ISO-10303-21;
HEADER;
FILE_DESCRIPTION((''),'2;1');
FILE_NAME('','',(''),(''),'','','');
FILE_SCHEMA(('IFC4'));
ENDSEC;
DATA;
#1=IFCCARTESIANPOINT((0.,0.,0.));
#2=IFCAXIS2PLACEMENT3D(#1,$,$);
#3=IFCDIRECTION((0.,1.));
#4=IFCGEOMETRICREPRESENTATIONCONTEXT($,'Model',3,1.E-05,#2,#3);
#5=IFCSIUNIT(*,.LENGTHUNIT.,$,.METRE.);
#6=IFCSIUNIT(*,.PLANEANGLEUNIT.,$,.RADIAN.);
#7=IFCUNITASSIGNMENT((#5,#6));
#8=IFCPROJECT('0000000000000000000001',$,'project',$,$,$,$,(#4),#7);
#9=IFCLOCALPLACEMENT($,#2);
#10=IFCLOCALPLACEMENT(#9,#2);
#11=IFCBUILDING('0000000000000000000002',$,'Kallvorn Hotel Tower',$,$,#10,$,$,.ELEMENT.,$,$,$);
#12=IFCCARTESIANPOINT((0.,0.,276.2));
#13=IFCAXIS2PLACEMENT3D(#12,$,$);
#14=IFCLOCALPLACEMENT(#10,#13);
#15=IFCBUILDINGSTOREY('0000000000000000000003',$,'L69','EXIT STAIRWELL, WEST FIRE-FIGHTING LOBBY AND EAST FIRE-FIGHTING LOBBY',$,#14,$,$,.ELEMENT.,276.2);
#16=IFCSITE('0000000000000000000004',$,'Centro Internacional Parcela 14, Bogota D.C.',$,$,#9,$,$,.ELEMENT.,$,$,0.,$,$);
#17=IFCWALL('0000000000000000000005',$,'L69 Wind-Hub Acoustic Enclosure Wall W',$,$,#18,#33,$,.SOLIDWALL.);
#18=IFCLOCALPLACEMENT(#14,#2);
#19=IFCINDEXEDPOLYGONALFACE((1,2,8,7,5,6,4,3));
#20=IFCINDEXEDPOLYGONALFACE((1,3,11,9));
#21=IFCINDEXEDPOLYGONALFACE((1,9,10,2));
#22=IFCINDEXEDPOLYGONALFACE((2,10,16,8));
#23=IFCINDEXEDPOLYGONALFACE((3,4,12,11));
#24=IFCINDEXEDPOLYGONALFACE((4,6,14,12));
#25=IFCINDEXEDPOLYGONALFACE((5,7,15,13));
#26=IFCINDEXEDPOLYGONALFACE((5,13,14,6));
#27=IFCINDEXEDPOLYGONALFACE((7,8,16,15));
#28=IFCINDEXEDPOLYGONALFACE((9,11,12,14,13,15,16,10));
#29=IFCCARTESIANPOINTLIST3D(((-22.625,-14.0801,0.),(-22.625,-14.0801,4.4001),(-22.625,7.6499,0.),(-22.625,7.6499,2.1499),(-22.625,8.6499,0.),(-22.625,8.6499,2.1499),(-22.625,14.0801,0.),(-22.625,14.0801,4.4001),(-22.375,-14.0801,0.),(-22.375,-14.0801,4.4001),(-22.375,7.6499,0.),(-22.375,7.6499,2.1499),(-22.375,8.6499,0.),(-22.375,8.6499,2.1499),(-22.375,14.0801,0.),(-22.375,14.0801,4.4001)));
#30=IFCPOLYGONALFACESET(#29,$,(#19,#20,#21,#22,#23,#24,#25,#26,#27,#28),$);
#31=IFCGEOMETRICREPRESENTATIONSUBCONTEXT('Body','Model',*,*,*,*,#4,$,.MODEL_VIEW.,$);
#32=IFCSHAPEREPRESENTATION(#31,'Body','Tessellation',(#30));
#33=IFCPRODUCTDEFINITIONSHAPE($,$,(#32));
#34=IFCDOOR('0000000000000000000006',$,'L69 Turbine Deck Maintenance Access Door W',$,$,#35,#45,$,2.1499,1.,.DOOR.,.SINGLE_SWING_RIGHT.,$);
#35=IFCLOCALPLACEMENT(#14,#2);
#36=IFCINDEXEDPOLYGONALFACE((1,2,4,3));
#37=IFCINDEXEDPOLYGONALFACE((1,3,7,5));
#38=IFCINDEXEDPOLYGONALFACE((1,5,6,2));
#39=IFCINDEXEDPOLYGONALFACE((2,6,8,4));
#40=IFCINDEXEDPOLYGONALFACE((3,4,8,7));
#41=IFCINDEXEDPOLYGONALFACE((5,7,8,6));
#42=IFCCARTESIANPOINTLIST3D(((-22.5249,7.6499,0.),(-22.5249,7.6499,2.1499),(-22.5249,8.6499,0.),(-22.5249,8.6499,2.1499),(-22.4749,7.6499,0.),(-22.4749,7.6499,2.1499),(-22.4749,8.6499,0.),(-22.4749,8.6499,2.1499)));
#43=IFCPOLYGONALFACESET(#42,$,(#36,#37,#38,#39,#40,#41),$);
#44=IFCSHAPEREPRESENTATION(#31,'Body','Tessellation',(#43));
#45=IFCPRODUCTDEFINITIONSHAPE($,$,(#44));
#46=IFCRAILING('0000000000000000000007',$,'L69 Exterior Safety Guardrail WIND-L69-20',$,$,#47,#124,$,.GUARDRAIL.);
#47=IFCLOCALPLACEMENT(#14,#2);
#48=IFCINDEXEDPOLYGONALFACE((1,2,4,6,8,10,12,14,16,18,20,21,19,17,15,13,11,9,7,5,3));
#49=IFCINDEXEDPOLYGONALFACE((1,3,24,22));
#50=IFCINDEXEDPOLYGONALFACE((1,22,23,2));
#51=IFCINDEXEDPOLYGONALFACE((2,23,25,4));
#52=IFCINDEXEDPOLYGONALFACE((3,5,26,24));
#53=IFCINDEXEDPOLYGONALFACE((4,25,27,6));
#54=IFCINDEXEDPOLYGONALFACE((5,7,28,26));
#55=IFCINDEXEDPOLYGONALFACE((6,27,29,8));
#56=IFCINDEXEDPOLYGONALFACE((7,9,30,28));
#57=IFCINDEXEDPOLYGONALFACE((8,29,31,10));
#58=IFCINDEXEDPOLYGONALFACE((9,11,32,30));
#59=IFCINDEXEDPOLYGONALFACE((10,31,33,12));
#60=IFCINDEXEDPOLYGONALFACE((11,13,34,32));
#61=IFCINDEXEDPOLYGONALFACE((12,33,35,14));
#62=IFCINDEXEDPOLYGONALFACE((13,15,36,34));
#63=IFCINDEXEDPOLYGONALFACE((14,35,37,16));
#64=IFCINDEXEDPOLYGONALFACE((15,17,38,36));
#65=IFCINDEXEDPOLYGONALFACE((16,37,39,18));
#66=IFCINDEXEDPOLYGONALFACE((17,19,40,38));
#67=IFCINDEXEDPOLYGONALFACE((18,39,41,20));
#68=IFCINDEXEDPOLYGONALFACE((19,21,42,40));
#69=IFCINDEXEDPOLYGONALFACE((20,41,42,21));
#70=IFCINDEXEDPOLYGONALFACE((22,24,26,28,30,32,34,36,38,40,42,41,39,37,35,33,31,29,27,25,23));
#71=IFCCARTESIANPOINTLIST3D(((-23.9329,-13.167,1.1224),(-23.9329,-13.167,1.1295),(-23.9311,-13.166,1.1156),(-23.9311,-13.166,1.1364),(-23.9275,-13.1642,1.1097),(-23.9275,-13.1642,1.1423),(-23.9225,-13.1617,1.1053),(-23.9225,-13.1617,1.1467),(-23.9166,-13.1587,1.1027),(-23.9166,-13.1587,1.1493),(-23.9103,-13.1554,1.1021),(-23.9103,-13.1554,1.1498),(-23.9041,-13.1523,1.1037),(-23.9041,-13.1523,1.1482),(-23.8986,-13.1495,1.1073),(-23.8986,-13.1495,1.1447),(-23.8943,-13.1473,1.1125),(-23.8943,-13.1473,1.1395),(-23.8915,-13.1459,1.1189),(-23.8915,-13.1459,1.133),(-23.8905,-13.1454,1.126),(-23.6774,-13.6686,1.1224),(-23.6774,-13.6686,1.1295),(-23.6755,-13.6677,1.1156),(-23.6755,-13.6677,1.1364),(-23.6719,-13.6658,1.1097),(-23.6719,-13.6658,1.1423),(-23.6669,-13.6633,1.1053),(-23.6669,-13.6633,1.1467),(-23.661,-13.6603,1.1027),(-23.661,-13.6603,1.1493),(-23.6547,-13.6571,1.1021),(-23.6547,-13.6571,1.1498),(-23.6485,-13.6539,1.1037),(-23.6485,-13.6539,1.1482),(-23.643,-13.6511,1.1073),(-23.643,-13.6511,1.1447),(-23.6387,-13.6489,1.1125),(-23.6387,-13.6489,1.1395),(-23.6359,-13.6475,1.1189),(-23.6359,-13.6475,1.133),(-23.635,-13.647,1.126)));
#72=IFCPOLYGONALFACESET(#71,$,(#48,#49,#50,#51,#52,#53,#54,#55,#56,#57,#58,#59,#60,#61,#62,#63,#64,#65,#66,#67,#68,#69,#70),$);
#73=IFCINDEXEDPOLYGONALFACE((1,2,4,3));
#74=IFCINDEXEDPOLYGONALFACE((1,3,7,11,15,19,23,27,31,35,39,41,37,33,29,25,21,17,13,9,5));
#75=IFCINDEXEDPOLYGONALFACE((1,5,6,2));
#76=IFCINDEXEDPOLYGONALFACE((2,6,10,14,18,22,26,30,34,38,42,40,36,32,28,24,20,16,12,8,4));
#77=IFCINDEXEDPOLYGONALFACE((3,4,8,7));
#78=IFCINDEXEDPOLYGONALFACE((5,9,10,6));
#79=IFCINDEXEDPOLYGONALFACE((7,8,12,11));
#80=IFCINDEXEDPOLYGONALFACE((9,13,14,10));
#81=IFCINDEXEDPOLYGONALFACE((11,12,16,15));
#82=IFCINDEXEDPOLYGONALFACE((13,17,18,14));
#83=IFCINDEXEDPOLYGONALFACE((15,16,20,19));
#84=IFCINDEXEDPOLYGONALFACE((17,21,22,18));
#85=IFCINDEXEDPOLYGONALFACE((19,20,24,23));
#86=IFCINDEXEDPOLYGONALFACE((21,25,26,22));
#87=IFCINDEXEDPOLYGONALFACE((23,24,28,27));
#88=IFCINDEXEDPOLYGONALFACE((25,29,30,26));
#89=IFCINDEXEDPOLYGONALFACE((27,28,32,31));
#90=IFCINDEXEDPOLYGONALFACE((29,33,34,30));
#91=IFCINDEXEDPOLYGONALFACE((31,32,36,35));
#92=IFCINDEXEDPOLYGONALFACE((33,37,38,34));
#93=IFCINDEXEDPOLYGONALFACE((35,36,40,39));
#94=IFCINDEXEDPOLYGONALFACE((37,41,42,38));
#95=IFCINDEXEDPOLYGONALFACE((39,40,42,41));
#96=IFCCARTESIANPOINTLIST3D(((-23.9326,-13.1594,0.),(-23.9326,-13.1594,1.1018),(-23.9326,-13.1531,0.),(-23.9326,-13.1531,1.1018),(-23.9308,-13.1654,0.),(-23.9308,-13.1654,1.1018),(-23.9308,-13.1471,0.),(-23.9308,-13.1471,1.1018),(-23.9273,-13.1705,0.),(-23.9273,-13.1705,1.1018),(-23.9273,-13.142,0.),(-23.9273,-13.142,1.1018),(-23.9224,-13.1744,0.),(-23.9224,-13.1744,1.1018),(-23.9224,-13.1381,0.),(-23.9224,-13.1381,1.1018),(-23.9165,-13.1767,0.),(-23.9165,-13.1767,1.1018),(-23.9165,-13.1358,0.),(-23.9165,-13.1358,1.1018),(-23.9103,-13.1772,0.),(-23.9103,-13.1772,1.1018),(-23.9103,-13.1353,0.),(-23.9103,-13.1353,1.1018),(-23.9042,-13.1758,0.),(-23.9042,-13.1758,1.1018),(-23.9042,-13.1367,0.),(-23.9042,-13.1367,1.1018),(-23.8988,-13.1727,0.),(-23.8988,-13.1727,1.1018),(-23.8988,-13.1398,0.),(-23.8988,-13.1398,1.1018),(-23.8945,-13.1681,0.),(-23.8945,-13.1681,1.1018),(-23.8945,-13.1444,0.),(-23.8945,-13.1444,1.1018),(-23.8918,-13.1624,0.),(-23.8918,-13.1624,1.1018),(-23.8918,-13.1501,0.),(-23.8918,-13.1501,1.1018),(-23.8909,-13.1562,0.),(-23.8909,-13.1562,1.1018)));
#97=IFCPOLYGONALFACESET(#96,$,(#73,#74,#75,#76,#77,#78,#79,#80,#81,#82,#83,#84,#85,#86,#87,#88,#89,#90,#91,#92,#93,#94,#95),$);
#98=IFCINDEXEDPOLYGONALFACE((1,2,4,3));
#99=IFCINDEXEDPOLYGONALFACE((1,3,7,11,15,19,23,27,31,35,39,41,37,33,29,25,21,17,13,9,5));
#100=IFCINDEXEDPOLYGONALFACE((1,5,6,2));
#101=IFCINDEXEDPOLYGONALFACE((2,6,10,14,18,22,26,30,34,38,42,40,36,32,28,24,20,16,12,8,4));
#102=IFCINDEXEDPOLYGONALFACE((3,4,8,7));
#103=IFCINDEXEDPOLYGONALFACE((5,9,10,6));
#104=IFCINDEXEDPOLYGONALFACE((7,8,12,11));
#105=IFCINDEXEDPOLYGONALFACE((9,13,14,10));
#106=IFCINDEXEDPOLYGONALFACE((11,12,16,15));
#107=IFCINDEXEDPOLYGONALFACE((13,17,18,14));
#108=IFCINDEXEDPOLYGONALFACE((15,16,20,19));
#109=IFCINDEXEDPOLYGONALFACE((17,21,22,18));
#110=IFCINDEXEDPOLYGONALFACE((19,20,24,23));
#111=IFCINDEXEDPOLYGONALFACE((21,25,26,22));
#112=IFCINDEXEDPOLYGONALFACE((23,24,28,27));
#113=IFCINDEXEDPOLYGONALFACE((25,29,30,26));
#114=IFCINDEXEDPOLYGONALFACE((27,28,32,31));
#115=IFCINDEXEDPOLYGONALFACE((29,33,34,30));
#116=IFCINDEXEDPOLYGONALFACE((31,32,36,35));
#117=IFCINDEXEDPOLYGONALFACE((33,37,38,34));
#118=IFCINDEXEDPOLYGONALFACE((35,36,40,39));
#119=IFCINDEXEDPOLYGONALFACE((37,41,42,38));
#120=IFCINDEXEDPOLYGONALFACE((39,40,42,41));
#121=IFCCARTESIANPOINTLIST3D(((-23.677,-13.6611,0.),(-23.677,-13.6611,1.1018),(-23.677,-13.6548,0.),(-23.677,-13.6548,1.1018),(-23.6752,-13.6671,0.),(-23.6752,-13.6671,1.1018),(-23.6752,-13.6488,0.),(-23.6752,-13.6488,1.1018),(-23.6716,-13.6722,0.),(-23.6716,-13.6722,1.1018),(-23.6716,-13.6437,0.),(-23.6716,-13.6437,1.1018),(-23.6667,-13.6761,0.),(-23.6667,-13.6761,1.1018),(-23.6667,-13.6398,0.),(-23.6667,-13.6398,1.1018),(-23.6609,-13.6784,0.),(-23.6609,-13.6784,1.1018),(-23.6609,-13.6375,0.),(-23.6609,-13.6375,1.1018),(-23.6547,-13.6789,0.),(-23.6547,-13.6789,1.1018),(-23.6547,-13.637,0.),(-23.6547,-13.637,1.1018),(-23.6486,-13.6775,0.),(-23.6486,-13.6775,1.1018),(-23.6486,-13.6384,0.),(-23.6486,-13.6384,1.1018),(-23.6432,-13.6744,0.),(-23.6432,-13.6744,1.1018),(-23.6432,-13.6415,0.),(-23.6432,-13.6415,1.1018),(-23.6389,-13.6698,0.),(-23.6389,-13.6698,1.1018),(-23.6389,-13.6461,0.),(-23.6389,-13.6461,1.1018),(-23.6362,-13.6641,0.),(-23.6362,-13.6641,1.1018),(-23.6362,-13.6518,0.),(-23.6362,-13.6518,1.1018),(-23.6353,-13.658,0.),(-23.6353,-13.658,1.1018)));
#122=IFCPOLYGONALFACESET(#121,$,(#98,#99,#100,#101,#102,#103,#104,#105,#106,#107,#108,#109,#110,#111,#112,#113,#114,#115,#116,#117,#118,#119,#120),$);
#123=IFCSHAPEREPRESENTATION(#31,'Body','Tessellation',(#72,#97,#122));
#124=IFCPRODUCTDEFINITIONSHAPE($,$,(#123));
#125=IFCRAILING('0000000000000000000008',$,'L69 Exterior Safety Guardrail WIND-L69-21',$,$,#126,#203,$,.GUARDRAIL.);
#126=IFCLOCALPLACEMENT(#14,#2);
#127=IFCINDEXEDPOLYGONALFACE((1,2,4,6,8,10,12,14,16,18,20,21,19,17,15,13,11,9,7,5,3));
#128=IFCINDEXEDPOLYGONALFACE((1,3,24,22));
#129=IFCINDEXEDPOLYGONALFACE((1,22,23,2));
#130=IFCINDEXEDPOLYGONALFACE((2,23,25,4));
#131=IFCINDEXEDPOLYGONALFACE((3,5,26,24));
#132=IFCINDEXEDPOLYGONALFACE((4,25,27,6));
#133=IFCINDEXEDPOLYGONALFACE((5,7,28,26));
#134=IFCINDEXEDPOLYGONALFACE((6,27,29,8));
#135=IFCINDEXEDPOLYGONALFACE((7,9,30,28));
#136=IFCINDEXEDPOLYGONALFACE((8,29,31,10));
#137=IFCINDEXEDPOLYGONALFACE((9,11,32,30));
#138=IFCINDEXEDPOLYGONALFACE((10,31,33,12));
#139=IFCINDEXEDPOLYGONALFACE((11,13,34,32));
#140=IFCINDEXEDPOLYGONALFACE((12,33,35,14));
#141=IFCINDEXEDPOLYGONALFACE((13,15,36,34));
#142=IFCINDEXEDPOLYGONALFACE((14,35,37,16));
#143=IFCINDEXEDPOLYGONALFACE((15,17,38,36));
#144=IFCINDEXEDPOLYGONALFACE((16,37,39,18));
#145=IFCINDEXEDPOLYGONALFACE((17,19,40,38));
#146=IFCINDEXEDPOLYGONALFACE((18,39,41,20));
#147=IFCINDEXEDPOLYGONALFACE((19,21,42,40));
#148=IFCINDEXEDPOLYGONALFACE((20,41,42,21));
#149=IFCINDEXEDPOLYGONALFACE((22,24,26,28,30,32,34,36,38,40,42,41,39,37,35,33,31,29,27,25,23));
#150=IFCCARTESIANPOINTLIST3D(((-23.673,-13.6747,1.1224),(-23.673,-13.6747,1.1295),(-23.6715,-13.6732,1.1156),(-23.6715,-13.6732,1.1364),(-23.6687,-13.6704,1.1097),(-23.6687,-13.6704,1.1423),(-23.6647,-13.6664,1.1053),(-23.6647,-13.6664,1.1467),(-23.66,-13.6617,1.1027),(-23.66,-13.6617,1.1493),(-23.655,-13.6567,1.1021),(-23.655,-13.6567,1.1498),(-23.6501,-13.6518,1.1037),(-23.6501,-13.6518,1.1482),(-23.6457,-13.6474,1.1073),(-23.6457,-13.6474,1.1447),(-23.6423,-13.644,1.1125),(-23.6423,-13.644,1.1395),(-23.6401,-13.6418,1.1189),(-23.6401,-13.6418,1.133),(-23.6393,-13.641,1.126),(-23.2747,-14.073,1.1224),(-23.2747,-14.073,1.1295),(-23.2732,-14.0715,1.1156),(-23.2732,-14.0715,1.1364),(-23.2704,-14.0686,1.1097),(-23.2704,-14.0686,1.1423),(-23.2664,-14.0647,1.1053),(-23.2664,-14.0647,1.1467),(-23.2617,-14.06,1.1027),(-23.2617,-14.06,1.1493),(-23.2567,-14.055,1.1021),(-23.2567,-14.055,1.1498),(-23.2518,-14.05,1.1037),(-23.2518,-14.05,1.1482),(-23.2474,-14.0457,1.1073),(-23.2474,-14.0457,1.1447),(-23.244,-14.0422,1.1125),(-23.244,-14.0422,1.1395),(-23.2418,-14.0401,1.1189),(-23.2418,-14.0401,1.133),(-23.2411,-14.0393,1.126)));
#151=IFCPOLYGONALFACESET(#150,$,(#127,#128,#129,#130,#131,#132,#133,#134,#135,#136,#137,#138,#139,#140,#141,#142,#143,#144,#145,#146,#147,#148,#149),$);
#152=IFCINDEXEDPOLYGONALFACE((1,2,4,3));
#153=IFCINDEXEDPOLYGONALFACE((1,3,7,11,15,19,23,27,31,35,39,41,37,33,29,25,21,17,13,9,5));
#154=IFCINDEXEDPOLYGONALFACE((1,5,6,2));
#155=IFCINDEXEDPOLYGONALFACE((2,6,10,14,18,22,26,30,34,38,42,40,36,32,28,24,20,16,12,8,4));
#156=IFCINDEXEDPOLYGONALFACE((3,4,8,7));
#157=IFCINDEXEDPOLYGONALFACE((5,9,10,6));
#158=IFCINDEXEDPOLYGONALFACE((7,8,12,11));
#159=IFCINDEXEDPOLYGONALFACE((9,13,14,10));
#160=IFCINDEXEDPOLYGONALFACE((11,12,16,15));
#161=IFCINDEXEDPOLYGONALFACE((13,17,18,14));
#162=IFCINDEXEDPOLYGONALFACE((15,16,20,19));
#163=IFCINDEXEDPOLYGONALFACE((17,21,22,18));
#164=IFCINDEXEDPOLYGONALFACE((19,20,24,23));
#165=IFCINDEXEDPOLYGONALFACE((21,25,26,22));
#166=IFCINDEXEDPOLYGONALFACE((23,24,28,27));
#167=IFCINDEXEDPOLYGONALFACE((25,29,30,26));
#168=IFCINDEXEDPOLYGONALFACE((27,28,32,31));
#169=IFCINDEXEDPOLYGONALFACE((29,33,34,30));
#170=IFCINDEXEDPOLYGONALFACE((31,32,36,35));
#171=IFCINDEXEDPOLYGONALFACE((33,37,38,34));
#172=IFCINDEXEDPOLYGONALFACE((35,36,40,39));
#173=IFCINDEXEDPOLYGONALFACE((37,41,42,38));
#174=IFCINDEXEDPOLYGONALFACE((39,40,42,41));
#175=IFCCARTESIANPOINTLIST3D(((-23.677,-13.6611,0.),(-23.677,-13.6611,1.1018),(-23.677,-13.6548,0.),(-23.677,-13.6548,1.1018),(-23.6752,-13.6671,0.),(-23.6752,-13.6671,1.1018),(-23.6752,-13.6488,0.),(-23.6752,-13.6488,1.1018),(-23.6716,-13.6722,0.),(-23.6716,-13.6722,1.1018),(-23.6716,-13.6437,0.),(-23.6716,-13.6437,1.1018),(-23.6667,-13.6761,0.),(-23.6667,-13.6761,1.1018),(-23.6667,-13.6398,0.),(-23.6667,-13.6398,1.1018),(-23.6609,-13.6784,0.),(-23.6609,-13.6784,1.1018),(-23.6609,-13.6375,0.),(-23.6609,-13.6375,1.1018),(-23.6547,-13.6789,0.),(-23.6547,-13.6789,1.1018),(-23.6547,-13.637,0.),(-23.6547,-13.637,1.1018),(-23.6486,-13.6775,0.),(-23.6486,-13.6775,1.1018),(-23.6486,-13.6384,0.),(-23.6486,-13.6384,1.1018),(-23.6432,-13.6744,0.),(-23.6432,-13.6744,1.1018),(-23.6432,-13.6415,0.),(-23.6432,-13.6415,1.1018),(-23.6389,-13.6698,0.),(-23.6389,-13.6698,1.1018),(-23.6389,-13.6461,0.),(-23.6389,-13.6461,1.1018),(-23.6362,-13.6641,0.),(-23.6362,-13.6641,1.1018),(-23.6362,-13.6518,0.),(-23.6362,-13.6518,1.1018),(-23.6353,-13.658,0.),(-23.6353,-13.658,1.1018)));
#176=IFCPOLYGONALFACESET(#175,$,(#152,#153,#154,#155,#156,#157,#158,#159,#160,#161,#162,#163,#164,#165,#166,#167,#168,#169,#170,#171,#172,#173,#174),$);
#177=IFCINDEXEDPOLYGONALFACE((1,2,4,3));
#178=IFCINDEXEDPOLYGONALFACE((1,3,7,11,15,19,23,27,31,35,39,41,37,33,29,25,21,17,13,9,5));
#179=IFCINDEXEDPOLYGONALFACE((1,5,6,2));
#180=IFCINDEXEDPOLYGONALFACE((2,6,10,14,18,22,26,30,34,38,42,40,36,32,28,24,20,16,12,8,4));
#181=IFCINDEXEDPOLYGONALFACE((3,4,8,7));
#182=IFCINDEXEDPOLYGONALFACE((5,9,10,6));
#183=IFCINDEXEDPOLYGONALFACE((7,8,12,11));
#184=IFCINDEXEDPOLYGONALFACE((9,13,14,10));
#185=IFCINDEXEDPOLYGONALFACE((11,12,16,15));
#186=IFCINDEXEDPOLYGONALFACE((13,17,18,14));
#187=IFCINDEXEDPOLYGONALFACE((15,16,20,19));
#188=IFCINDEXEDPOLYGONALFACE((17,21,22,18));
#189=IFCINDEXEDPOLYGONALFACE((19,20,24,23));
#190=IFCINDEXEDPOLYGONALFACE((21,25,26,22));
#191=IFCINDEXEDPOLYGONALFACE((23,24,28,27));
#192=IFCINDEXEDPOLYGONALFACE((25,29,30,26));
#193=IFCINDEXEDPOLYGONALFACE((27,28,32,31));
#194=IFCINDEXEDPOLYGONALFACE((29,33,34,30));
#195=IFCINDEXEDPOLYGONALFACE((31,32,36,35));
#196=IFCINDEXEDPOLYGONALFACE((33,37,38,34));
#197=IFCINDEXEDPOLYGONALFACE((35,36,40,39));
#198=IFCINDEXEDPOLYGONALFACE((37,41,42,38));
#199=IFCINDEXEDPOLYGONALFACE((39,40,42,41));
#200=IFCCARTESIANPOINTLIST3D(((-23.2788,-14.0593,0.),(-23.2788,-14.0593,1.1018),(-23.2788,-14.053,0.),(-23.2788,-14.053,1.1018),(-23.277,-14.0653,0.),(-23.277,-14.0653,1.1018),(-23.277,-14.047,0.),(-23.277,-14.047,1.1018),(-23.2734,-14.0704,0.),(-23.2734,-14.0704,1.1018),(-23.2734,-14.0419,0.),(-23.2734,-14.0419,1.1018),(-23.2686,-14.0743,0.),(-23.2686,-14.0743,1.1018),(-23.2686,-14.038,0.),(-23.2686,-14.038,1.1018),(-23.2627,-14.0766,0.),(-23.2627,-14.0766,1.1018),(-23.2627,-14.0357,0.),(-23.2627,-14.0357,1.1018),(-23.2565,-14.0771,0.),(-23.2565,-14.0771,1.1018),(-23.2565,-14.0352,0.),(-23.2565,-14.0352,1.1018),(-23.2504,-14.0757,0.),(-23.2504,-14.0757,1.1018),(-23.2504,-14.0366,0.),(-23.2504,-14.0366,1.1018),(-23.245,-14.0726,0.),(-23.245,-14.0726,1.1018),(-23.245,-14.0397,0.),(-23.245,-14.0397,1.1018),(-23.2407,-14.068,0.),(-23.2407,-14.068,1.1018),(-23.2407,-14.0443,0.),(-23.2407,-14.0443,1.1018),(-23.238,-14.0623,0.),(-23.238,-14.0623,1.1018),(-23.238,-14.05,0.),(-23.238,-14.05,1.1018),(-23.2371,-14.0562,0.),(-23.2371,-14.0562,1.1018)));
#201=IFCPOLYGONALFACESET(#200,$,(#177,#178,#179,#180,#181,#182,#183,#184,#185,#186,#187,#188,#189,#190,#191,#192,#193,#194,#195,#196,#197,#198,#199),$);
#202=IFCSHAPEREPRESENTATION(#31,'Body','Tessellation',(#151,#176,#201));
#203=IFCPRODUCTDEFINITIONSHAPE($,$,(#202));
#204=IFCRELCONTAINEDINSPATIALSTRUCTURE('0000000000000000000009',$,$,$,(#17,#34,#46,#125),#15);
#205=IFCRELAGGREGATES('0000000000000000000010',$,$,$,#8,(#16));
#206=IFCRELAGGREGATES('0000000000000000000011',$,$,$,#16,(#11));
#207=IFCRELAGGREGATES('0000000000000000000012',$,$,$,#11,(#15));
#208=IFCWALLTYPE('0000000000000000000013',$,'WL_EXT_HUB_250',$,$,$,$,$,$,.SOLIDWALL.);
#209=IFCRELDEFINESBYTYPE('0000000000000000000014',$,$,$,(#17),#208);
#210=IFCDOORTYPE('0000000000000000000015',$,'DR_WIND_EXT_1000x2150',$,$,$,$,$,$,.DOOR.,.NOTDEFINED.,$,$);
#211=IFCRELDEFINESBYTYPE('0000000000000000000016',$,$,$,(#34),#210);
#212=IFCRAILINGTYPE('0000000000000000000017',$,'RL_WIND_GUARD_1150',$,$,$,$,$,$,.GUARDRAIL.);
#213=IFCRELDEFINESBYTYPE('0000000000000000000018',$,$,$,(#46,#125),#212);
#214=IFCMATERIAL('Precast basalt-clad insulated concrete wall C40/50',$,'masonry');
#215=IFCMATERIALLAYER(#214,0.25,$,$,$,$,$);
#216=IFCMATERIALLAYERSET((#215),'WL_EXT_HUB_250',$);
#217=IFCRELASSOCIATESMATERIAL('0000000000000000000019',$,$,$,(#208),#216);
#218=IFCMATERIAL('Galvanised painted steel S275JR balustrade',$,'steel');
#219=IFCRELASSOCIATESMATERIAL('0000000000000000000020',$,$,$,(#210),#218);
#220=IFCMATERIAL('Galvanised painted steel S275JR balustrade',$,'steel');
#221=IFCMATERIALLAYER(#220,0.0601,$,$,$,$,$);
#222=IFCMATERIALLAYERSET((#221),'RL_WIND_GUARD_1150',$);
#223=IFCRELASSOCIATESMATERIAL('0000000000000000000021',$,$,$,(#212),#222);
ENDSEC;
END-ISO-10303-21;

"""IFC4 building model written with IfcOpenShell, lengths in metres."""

from ifc_helpers import new_model, si_unit, direction, frame, frame_2d, origin, origin_2d, place, context, subcontext, project, spatial, rectangle, circle, extrude, material, layer, layer_set, type_object, element, fill, save


model = new_model("IFC4")

# Units and contexts
model_context = context("Model", 3, precision=1e-05, world=origin(), true_north=direction((0.0, 1.0)))
body_context = subcontext(model_context, "Body", "Model", "MODEL_VIEW")
ifc_project = project(units=[si_unit("LENGTHUNIT", "METRE"), si_unit("PLANEANGLEUNIT", "RADIAN")], contexts=[model_context])

# Site, building, storey
site_placement = place(None, origin())
site = spatial("IfcSite", under=ifc_project, at=site_placement, Name="Centro Internacional Parcela 14, Bogota D.C.", CompositionType="ELEMENT", RefElevation=0.0)
building_placement = place(site_placement, origin())
building = spatial("IfcBuilding", under=site, at=building_placement, Name="Kallvorn Hotel Tower", CompositionType="ELEMENT")
storey_placement = place(building_placement, frame((0.0, 0.0, 276.2)))
storey = spatial("IfcBuildingStorey", under=building, at=storey_placement, Name="L69", Description="EXIT STAIRWELL, WEST FIRE-FIGHTING LOBBY AND EAST FIRE-FIGHTING LOBBY", CompositionType="ELEMENT", Elevation=276.2)

# Wall, opening, door
ifc_material_1 = material(Name="Precast basalt-clad insulated concrete wall C40/50", Category="masonry")
ifc_layer_1 = layer(ifc_material_1, 0.25)
ifc_layer_set_1 = layer_set([ifc_layer_1], Name="WL_EXT_HUB_250")
wall_type_1 = type_object("IfcWallType", Name="WL_EXT_HUB_250", PredefinedType="SOLIDWALL", material=ifc_layer_set_1)
wall_1_placement = place(storey_placement, frame((-22.5, -14.0801, 0.0), z_axis=(0.0, 0.0, 1.0), x_axis=(0.0, 1.0, 0.0)))
wall_1 = element("IfcWall", 1, at=wall_1_placement, inside=storey, type_object=wall_type_1, Name="L69 Wind-Hub Acoustic Enclosure Wall W", PredefinedType="SOLIDWALL", context=body_context, shape_type="SweptSolid", body=[
    extrude(rectangle(XDim=28.1602, YDim=0.25, at=frame_2d((14.0801, 0.0))), origin(), (0.0, 0.0, 1.0), 4.4001),
])
opening_1_placement = place(wall_1_placement, frame((21.73, 0.0, 0.0)))
opening_1 = element("IfcOpeningElement", 2, at=opening_1_placement, cuts=wall_1, PredefinedType="OPENING", context=body_context, shape_type="SweptSolid", body=[
    extrude(rectangle(XDim=1.0, YDim=2.1499, at=frame_2d((0.5, 1.075))), frame((0.0, 0.1399, 0.0), z_axis=(0.0, -1.0, 0.0), x_axis=(1.0, 0.0, 0.0)), (0.0, 0.0, 1.0), 0.28),
])
ifc_material_2 = material(Name="Galvanised painted steel S275JR balustrade", Category="steel")
door_type_1 = type_object("IfcDoorType", Name="DR_WIND_EXT_1000x2150", OperationType="NOTDEFINED", PredefinedType="DOOR", material=ifc_material_2)
door_1_placement = place(opening_1_placement, origin())
door_1 = element("IfcDoor", 3, at=door_1_placement, inside=storey, type_object=door_type_1, Name="L69 Turbine Deck Maintenance Access Door W", OperationType="SINGLE_SWING_RIGHT", OverallHeight=2.1499, OverallWidth=1.0, PredefinedType="DOOR", context=body_context, shape_type="SweptSolid", body=[
    extrude(rectangle(XDim=1.0, YDim=2.1499, at=frame_2d((0.5, 1.075))), frame((0.0, 0.0249, 0.0), z_axis=(0.0, -1.0, 0.0), x_axis=(1.0, 0.0, 0.0)), (0.0, 0.0, 1.0), 0.05),
])
fill(opening_1, door_1)

# Railings
ifc_material_3 = material(Name="Galvanised painted steel S275JR balustrade", Category="steel")
ifc_layer_2 = layer(ifc_material_3, 0.0601)
ifc_layer_set_2 = layer_set([ifc_layer_2], Name="RL_WIND_GUARD_1150")
railing_type = type_object("IfcRailingType", Name="RL_WIND_GUARD_1150", PredefinedType="GUARDRAIL", material=ifc_layer_set_2)
railing_1_placement = place(storey_placement, frame((-23.9119, -13.1562, 0.0)))
element("IfcRailing", 4, at=railing_1_placement, inside=storey, type_object=railing_type, Name="L69 Exterior Safety Guardrail WIND-L69-20", PredefinedType="GUARDRAIL", context=body_context, shape_type="SweptSolid", body=[
    extrude(circle(Radius=0.0239, at=origin_2d()), frame((0.0, 0.0, 1.126), z_axis=(0.453965, -0.89102, 0.0), x_axis=(0.89102, 0.453965, 0.0)), (0.0, 0.0, 1.0), 0.563),
    extrude(circle(Radius=0.021, at=origin_2d()), origin(), (0.0, 0.0, 1.0), 1.1018),
    extrude(circle(Radius=0.021, at=origin_2d()), frame((0.2556, -0.5017, 0.0)), (0.0, 0.0, 1.0), 1.1018),
])
railing_2_placement = place(storey_placement, frame((-23.6562, -13.658, 0.0)))
element("IfcRailing", 5, at=railing_2_placement, inside=storey, type_object=railing_type, Name="L69 Exterior Safety Guardrail WIND-L69-21", PredefinedType="GUARDRAIL", context=body_context, shape_type="SweptSolid", body=[
    extrude(circle(Radius=0.0239, at=origin_2d()), frame((0.0, 0.0, 1.126), z_axis=(0.707107, -0.707107, 0.0), x_axis=(0.707107, 0.707107, 0.0)), (0.0, 0.0, 1.0), 0.5632),
    extrude(circle(Radius=0.021, at=origin_2d()), origin(), (0.0, 0.0, 1.0), 1.1018),
    extrude(circle(Radius=0.021, at=origin_2d()), frame((0.3982, -0.3982, 0.0)), (0.0, 0.0, 1.0), 1.1018),
])

save(model, "model.ifc")
